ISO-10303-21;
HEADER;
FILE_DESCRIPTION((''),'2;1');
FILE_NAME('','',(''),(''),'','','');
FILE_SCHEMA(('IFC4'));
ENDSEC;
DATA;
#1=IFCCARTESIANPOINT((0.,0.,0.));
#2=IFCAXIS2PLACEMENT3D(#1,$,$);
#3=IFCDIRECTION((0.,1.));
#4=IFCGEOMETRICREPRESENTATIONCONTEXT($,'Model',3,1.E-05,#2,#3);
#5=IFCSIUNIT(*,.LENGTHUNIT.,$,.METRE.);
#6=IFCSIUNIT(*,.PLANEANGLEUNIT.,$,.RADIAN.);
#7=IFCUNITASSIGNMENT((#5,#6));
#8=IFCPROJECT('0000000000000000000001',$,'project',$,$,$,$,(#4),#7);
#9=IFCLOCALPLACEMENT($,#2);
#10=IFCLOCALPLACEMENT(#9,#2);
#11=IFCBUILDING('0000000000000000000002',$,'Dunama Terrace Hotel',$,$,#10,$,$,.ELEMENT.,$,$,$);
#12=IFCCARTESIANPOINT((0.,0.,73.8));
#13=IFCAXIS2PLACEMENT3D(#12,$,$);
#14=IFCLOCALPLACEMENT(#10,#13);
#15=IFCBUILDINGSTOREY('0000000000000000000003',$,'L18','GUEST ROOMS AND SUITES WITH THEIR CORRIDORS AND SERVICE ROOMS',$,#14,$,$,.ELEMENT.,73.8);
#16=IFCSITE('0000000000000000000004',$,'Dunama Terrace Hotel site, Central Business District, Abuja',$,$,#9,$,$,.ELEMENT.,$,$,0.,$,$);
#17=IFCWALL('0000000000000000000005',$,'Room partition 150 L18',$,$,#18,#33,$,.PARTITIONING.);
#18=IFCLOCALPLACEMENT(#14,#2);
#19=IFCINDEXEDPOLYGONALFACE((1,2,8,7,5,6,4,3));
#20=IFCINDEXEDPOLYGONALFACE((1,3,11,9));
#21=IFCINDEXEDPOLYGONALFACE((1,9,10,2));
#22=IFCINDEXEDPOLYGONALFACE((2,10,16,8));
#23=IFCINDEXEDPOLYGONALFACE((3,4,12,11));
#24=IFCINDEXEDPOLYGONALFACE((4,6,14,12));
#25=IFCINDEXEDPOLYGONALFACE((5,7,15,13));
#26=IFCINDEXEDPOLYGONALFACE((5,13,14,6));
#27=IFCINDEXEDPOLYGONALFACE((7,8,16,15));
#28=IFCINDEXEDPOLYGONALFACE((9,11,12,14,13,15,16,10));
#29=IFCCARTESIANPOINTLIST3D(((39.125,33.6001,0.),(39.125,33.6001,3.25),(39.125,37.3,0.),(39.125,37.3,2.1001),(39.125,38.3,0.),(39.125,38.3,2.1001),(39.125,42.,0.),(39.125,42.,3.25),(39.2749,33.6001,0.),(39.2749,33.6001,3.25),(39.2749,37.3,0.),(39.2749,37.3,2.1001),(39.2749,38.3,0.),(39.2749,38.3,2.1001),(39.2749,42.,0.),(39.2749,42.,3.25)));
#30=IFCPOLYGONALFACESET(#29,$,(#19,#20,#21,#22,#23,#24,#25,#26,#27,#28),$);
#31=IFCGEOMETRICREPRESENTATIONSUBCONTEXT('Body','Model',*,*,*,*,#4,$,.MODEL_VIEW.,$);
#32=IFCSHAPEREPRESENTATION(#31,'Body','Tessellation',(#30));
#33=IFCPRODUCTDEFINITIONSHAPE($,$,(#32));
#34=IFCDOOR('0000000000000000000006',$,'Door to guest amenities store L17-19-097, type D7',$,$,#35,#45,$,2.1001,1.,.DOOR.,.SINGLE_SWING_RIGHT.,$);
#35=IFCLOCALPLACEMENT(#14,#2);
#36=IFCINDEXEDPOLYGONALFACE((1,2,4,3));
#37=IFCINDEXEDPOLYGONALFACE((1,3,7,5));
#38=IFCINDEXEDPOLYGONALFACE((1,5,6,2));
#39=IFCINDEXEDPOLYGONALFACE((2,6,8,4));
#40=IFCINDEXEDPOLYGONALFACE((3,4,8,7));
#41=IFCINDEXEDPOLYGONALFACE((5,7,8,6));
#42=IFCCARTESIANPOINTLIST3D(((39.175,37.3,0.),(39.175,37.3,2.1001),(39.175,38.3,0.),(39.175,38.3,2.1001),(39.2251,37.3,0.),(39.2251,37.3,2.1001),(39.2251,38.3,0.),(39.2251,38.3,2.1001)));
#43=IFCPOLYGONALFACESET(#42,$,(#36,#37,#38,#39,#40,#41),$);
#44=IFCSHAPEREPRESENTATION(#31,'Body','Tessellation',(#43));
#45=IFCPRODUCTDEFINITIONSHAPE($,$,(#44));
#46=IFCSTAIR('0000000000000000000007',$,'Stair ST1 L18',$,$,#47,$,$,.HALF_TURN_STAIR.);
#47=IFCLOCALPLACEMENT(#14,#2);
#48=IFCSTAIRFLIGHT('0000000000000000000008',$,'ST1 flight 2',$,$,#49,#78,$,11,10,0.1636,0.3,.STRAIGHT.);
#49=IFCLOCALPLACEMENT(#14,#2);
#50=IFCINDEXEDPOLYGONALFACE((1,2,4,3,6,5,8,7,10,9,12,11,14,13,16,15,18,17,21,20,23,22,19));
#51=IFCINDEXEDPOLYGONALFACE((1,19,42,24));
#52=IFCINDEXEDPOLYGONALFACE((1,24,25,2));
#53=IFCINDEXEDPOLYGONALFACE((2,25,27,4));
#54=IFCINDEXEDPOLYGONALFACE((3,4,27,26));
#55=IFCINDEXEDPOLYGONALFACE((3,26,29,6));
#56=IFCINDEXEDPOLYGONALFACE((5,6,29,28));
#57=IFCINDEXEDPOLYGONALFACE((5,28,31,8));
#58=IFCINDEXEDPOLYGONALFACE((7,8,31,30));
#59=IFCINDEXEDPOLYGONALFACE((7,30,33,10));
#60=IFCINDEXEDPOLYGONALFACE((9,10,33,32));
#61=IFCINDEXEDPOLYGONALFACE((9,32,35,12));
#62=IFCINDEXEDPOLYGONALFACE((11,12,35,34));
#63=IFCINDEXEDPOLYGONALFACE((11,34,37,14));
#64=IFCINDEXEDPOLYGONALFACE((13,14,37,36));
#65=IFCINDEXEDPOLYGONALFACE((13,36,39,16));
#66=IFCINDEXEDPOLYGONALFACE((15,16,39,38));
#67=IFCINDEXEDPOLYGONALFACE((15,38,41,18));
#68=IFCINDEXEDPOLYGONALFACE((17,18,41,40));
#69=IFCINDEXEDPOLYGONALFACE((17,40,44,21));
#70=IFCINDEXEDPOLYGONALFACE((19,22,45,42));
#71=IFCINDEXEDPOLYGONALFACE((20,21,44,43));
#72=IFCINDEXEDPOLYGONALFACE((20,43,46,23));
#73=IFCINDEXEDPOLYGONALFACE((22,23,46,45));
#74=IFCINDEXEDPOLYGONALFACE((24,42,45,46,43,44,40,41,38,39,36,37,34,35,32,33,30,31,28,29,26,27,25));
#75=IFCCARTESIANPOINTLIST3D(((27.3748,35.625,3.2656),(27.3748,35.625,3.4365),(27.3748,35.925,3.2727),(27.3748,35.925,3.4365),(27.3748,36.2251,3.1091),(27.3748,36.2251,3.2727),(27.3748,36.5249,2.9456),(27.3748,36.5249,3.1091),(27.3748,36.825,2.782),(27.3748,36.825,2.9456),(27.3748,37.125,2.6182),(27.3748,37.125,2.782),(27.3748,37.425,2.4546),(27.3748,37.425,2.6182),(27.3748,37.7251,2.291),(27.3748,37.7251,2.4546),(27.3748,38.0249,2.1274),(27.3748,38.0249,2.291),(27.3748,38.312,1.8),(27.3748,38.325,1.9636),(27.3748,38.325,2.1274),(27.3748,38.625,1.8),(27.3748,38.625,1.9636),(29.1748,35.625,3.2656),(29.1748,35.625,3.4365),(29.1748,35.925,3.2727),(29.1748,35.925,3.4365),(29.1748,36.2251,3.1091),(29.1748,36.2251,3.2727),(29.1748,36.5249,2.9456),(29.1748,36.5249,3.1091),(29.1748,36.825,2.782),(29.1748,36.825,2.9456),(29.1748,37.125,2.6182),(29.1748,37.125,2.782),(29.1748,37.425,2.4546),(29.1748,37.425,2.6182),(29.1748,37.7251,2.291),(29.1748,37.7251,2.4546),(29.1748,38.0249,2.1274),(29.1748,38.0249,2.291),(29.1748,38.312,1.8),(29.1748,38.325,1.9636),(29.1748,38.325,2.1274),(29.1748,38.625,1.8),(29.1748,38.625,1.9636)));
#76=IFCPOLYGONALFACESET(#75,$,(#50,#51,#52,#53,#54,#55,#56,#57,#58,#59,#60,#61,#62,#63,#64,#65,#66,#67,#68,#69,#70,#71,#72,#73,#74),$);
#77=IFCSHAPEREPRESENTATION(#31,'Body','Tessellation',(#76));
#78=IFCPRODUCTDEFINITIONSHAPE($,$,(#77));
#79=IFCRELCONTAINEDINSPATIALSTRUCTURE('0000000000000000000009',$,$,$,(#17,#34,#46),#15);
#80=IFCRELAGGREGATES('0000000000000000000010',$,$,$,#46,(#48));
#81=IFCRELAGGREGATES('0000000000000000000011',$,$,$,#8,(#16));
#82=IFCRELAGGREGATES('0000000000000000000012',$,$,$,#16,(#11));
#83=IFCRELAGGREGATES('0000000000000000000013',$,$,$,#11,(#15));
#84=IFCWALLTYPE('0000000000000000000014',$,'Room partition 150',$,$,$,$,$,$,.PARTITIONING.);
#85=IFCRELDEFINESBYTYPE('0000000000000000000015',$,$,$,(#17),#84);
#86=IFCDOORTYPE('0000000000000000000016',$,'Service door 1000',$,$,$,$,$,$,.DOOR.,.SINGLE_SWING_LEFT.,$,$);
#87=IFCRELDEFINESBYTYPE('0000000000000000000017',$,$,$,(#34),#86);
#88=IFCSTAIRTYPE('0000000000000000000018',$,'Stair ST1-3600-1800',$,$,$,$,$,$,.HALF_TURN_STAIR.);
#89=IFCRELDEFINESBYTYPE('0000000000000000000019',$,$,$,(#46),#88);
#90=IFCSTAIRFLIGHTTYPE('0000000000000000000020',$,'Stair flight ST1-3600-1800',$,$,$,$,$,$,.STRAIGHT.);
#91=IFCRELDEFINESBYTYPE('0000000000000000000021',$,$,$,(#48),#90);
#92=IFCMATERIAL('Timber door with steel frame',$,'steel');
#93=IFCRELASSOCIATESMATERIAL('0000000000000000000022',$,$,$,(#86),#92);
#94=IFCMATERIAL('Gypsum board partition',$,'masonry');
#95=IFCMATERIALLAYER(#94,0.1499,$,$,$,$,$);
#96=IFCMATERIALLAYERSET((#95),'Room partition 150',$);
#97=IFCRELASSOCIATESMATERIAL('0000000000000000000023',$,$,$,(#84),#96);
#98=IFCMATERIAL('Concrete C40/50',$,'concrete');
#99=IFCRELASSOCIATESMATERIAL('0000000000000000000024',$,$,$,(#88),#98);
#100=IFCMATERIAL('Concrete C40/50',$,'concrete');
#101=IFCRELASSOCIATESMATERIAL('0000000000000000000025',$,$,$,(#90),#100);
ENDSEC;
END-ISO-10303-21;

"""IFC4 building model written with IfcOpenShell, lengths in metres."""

from ifc_helpers import new_model, si_unit, direction, frame, frame_2d, origin, place, context, subcontext, project, spatial, polyline, rectangle, outline, extrude, material, layer, layer_set, type_object, element, fill, aggregate, save


model = new_model("IFC4")

# Units and contexts
model_context = context("Model", 3, precision=1e-05, world=origin(), true_north=direction((0.0, 1.0)))
body_context = subcontext(model_context, "Body", "Model", "MODEL_VIEW")
ifc_project = project(units=[si_unit("LENGTHUNIT", "METRE"), si_unit("PLANEANGLEUNIT", "RADIAN")], contexts=[model_context])

# Site, building, storey
site_placement = place(None, origin())
site = spatial("IfcSite", under=ifc_project, at=site_placement, Name="Dunama Terrace Hotel site, Central Business District, Abuja", CompositionType="ELEMENT", RefElevation=0.0)
building_placement = place(site_placement, origin())
building = spatial("IfcBuilding", under=site, at=building_placement, Name="Dunama Terrace Hotel", CompositionType="ELEMENT")
storey_placement = place(building_placement, frame((0.0, 0.0, 73.8)))
storey = spatial("IfcBuildingStorey", under=building, at=storey_placement, Name="L18", Description="GUEST ROOMS AND SUITES WITH THEIR CORRIDORS AND SERVICE ROOMS", CompositionType="ELEMENT", Elevation=73.8)

# Shared definitions
ifc_material_1 = material(Name="Timber door with steel frame", Category="steel")
door_type_1 = type_object("IfcDoorType", Name="Service door 1000", OperationType="SINGLE_SWING_LEFT", PredefinedType="DOOR", material=ifc_material_1)

# Wall, opening, door
ifc_material_2 = material(Name="Gypsum board partition", Category="masonry")
ifc_layer_1 = layer(ifc_material_2, 0.1499)
ifc_layer_set_1 = layer_set([ifc_layer_1], Name="Room partition 150")
wall_type_1 = type_object("IfcWallType", Name="Room partition 150", PredefinedType="PARTITIONING", material=ifc_layer_set_1)
wall_1_placement = place(storey_placement, frame((39.2, 33.6001, 0.0), z_axis=(0.0, 0.0, 1.0), x_axis=(0.0, 1.0, 0.0)))
wall_1 = element("IfcWall", 1, at=wall_1_placement, inside=storey, type_object=wall_type_1, Name="Room partition 150 L18", PredefinedType="PARTITIONING", context=body_context, shape_type="SweptSolid", body=[
    extrude(rectangle(XDim=8.3999, YDim=0.1499, at=frame_2d((4.2, 0.0))), origin(), (0.0, 0.0, 1.0), 3.25),
])
opening_1_placement = place(wall_1_placement, frame((3.7, 0.0, 0.0)))
opening_1 = element("IfcOpeningElement", 2, at=opening_1_placement, cuts=wall_1, PredefinedType="OPENING", context=body_context, shape_type="SweptSolid", body=[
    extrude(rectangle(XDim=1.0, YDim=2.1001, at=frame_2d((0.5, 1.05))), frame((0.0, 0.085, 0.0), z_axis=(0.0, -1.0, 0.0), x_axis=(1.0, 0.0, 0.0)), (0.0, 0.0, 1.0), 0.1699),
])
door_1_placement = place(opening_1_placement, frame((1.0, 0.0, 0.0), z_axis=(0.0, 0.0, 1.0), x_axis=(-1.0, 0.0, 0.0)))
door_1 = element("IfcDoor", 3, at=door_1_placement, inside=storey, type_object=door_type_1, Name="Door to guest amenities store L17-19-097, type D7", OperationType="SINGLE_SWING_RIGHT", OverallHeight=2.1001, OverallWidth=1.0, PredefinedType="DOOR", context=body_context, shape_type="SweptSolid", body=[
    extrude(rectangle(XDim=1.0, YDim=2.1001, at=frame_2d((0.5, 1.05))), frame((0.0, 0.0251, 0.0), z_axis=(0.0, -1.0, 0.0), x_axis=(1.0, 0.0, 0.0)), (0.0, 0.0, 1.0), 0.05),
])
fill(opening_1, door_1)

# Stair, stair flight
ifc_material_3 = material(Name="Concrete C40/50", Category="concrete")
stair_type = type_object("IfcStairType", Name="Stair ST1-3600-1800", PredefinedType="HALF_TURN_STAIR", material=ifc_material_3)
stair_placement = place(storey_placement, origin())
stair = element("IfcStair", 4, at=stair_placement, inside=storey, type_object=stair_type, Name="Stair ST1 L18", PredefinedType="HALF_TURN_STAIR")
ifc_material_4 = material(Name="Concrete C40/50", Category="concrete")
stair_flight_type = type_object("IfcStairFlightType", Name="Stair flight ST1-3600-1800", PredefinedType="STRAIGHT", material=ifc_material_4)
stair_flight_placement = place(storey_placement, frame((28.2749, 38.625, 1.8), z_axis=(0.0, 0.0, 1.0), x_axis=(0.0, -1.0, 0.0)))
stair_flight = element("IfcStairFlight", 5, at=stair_flight_placement, type_object=stair_flight_type, Name="ST1 flight 2", NumberOfRisers=11, NumberOfTreads=10, PredefinedType="STRAIGHT", RiserHeight=0.1636, TreadLength=0.3, context=body_context, shape_type="SweptSolid", body=[
    extrude(outline(polyline([(0.0, 0.0), (0.0, 0.1636), (0.3, 0.1636), (0.3, 0.3274), (0.6001, 0.3274), (0.6001, 0.491), (0.8999, 0.491), (0.8999, 0.6545), (1.2, 0.6545), (1.2, 0.8181), (1.5, 0.8181), (1.5, 0.9819), (1.8, 0.9819), (1.8, 1.1455), (2.1001, 1.1455), (2.1001, 1.3091), (2.3999, 1.3091), (2.3999, 1.4727), (2.7, 1.4727), (2.7, 1.6365), (3.0, 1.6365), (3.0, 1.8), (3.0, 1.4656), (0.313, 0.0), (0.0, 0.0)])), frame((0.0, 0.8999, 0.0), z_axis=(0.0, -1.0, 0.0), x_axis=(1.0, 0.0, 0.0)), (0.0, 0.0, 1.0), 1.8),
])
aggregate(stair, [stair_flight])

save(model, "model.ifc")
